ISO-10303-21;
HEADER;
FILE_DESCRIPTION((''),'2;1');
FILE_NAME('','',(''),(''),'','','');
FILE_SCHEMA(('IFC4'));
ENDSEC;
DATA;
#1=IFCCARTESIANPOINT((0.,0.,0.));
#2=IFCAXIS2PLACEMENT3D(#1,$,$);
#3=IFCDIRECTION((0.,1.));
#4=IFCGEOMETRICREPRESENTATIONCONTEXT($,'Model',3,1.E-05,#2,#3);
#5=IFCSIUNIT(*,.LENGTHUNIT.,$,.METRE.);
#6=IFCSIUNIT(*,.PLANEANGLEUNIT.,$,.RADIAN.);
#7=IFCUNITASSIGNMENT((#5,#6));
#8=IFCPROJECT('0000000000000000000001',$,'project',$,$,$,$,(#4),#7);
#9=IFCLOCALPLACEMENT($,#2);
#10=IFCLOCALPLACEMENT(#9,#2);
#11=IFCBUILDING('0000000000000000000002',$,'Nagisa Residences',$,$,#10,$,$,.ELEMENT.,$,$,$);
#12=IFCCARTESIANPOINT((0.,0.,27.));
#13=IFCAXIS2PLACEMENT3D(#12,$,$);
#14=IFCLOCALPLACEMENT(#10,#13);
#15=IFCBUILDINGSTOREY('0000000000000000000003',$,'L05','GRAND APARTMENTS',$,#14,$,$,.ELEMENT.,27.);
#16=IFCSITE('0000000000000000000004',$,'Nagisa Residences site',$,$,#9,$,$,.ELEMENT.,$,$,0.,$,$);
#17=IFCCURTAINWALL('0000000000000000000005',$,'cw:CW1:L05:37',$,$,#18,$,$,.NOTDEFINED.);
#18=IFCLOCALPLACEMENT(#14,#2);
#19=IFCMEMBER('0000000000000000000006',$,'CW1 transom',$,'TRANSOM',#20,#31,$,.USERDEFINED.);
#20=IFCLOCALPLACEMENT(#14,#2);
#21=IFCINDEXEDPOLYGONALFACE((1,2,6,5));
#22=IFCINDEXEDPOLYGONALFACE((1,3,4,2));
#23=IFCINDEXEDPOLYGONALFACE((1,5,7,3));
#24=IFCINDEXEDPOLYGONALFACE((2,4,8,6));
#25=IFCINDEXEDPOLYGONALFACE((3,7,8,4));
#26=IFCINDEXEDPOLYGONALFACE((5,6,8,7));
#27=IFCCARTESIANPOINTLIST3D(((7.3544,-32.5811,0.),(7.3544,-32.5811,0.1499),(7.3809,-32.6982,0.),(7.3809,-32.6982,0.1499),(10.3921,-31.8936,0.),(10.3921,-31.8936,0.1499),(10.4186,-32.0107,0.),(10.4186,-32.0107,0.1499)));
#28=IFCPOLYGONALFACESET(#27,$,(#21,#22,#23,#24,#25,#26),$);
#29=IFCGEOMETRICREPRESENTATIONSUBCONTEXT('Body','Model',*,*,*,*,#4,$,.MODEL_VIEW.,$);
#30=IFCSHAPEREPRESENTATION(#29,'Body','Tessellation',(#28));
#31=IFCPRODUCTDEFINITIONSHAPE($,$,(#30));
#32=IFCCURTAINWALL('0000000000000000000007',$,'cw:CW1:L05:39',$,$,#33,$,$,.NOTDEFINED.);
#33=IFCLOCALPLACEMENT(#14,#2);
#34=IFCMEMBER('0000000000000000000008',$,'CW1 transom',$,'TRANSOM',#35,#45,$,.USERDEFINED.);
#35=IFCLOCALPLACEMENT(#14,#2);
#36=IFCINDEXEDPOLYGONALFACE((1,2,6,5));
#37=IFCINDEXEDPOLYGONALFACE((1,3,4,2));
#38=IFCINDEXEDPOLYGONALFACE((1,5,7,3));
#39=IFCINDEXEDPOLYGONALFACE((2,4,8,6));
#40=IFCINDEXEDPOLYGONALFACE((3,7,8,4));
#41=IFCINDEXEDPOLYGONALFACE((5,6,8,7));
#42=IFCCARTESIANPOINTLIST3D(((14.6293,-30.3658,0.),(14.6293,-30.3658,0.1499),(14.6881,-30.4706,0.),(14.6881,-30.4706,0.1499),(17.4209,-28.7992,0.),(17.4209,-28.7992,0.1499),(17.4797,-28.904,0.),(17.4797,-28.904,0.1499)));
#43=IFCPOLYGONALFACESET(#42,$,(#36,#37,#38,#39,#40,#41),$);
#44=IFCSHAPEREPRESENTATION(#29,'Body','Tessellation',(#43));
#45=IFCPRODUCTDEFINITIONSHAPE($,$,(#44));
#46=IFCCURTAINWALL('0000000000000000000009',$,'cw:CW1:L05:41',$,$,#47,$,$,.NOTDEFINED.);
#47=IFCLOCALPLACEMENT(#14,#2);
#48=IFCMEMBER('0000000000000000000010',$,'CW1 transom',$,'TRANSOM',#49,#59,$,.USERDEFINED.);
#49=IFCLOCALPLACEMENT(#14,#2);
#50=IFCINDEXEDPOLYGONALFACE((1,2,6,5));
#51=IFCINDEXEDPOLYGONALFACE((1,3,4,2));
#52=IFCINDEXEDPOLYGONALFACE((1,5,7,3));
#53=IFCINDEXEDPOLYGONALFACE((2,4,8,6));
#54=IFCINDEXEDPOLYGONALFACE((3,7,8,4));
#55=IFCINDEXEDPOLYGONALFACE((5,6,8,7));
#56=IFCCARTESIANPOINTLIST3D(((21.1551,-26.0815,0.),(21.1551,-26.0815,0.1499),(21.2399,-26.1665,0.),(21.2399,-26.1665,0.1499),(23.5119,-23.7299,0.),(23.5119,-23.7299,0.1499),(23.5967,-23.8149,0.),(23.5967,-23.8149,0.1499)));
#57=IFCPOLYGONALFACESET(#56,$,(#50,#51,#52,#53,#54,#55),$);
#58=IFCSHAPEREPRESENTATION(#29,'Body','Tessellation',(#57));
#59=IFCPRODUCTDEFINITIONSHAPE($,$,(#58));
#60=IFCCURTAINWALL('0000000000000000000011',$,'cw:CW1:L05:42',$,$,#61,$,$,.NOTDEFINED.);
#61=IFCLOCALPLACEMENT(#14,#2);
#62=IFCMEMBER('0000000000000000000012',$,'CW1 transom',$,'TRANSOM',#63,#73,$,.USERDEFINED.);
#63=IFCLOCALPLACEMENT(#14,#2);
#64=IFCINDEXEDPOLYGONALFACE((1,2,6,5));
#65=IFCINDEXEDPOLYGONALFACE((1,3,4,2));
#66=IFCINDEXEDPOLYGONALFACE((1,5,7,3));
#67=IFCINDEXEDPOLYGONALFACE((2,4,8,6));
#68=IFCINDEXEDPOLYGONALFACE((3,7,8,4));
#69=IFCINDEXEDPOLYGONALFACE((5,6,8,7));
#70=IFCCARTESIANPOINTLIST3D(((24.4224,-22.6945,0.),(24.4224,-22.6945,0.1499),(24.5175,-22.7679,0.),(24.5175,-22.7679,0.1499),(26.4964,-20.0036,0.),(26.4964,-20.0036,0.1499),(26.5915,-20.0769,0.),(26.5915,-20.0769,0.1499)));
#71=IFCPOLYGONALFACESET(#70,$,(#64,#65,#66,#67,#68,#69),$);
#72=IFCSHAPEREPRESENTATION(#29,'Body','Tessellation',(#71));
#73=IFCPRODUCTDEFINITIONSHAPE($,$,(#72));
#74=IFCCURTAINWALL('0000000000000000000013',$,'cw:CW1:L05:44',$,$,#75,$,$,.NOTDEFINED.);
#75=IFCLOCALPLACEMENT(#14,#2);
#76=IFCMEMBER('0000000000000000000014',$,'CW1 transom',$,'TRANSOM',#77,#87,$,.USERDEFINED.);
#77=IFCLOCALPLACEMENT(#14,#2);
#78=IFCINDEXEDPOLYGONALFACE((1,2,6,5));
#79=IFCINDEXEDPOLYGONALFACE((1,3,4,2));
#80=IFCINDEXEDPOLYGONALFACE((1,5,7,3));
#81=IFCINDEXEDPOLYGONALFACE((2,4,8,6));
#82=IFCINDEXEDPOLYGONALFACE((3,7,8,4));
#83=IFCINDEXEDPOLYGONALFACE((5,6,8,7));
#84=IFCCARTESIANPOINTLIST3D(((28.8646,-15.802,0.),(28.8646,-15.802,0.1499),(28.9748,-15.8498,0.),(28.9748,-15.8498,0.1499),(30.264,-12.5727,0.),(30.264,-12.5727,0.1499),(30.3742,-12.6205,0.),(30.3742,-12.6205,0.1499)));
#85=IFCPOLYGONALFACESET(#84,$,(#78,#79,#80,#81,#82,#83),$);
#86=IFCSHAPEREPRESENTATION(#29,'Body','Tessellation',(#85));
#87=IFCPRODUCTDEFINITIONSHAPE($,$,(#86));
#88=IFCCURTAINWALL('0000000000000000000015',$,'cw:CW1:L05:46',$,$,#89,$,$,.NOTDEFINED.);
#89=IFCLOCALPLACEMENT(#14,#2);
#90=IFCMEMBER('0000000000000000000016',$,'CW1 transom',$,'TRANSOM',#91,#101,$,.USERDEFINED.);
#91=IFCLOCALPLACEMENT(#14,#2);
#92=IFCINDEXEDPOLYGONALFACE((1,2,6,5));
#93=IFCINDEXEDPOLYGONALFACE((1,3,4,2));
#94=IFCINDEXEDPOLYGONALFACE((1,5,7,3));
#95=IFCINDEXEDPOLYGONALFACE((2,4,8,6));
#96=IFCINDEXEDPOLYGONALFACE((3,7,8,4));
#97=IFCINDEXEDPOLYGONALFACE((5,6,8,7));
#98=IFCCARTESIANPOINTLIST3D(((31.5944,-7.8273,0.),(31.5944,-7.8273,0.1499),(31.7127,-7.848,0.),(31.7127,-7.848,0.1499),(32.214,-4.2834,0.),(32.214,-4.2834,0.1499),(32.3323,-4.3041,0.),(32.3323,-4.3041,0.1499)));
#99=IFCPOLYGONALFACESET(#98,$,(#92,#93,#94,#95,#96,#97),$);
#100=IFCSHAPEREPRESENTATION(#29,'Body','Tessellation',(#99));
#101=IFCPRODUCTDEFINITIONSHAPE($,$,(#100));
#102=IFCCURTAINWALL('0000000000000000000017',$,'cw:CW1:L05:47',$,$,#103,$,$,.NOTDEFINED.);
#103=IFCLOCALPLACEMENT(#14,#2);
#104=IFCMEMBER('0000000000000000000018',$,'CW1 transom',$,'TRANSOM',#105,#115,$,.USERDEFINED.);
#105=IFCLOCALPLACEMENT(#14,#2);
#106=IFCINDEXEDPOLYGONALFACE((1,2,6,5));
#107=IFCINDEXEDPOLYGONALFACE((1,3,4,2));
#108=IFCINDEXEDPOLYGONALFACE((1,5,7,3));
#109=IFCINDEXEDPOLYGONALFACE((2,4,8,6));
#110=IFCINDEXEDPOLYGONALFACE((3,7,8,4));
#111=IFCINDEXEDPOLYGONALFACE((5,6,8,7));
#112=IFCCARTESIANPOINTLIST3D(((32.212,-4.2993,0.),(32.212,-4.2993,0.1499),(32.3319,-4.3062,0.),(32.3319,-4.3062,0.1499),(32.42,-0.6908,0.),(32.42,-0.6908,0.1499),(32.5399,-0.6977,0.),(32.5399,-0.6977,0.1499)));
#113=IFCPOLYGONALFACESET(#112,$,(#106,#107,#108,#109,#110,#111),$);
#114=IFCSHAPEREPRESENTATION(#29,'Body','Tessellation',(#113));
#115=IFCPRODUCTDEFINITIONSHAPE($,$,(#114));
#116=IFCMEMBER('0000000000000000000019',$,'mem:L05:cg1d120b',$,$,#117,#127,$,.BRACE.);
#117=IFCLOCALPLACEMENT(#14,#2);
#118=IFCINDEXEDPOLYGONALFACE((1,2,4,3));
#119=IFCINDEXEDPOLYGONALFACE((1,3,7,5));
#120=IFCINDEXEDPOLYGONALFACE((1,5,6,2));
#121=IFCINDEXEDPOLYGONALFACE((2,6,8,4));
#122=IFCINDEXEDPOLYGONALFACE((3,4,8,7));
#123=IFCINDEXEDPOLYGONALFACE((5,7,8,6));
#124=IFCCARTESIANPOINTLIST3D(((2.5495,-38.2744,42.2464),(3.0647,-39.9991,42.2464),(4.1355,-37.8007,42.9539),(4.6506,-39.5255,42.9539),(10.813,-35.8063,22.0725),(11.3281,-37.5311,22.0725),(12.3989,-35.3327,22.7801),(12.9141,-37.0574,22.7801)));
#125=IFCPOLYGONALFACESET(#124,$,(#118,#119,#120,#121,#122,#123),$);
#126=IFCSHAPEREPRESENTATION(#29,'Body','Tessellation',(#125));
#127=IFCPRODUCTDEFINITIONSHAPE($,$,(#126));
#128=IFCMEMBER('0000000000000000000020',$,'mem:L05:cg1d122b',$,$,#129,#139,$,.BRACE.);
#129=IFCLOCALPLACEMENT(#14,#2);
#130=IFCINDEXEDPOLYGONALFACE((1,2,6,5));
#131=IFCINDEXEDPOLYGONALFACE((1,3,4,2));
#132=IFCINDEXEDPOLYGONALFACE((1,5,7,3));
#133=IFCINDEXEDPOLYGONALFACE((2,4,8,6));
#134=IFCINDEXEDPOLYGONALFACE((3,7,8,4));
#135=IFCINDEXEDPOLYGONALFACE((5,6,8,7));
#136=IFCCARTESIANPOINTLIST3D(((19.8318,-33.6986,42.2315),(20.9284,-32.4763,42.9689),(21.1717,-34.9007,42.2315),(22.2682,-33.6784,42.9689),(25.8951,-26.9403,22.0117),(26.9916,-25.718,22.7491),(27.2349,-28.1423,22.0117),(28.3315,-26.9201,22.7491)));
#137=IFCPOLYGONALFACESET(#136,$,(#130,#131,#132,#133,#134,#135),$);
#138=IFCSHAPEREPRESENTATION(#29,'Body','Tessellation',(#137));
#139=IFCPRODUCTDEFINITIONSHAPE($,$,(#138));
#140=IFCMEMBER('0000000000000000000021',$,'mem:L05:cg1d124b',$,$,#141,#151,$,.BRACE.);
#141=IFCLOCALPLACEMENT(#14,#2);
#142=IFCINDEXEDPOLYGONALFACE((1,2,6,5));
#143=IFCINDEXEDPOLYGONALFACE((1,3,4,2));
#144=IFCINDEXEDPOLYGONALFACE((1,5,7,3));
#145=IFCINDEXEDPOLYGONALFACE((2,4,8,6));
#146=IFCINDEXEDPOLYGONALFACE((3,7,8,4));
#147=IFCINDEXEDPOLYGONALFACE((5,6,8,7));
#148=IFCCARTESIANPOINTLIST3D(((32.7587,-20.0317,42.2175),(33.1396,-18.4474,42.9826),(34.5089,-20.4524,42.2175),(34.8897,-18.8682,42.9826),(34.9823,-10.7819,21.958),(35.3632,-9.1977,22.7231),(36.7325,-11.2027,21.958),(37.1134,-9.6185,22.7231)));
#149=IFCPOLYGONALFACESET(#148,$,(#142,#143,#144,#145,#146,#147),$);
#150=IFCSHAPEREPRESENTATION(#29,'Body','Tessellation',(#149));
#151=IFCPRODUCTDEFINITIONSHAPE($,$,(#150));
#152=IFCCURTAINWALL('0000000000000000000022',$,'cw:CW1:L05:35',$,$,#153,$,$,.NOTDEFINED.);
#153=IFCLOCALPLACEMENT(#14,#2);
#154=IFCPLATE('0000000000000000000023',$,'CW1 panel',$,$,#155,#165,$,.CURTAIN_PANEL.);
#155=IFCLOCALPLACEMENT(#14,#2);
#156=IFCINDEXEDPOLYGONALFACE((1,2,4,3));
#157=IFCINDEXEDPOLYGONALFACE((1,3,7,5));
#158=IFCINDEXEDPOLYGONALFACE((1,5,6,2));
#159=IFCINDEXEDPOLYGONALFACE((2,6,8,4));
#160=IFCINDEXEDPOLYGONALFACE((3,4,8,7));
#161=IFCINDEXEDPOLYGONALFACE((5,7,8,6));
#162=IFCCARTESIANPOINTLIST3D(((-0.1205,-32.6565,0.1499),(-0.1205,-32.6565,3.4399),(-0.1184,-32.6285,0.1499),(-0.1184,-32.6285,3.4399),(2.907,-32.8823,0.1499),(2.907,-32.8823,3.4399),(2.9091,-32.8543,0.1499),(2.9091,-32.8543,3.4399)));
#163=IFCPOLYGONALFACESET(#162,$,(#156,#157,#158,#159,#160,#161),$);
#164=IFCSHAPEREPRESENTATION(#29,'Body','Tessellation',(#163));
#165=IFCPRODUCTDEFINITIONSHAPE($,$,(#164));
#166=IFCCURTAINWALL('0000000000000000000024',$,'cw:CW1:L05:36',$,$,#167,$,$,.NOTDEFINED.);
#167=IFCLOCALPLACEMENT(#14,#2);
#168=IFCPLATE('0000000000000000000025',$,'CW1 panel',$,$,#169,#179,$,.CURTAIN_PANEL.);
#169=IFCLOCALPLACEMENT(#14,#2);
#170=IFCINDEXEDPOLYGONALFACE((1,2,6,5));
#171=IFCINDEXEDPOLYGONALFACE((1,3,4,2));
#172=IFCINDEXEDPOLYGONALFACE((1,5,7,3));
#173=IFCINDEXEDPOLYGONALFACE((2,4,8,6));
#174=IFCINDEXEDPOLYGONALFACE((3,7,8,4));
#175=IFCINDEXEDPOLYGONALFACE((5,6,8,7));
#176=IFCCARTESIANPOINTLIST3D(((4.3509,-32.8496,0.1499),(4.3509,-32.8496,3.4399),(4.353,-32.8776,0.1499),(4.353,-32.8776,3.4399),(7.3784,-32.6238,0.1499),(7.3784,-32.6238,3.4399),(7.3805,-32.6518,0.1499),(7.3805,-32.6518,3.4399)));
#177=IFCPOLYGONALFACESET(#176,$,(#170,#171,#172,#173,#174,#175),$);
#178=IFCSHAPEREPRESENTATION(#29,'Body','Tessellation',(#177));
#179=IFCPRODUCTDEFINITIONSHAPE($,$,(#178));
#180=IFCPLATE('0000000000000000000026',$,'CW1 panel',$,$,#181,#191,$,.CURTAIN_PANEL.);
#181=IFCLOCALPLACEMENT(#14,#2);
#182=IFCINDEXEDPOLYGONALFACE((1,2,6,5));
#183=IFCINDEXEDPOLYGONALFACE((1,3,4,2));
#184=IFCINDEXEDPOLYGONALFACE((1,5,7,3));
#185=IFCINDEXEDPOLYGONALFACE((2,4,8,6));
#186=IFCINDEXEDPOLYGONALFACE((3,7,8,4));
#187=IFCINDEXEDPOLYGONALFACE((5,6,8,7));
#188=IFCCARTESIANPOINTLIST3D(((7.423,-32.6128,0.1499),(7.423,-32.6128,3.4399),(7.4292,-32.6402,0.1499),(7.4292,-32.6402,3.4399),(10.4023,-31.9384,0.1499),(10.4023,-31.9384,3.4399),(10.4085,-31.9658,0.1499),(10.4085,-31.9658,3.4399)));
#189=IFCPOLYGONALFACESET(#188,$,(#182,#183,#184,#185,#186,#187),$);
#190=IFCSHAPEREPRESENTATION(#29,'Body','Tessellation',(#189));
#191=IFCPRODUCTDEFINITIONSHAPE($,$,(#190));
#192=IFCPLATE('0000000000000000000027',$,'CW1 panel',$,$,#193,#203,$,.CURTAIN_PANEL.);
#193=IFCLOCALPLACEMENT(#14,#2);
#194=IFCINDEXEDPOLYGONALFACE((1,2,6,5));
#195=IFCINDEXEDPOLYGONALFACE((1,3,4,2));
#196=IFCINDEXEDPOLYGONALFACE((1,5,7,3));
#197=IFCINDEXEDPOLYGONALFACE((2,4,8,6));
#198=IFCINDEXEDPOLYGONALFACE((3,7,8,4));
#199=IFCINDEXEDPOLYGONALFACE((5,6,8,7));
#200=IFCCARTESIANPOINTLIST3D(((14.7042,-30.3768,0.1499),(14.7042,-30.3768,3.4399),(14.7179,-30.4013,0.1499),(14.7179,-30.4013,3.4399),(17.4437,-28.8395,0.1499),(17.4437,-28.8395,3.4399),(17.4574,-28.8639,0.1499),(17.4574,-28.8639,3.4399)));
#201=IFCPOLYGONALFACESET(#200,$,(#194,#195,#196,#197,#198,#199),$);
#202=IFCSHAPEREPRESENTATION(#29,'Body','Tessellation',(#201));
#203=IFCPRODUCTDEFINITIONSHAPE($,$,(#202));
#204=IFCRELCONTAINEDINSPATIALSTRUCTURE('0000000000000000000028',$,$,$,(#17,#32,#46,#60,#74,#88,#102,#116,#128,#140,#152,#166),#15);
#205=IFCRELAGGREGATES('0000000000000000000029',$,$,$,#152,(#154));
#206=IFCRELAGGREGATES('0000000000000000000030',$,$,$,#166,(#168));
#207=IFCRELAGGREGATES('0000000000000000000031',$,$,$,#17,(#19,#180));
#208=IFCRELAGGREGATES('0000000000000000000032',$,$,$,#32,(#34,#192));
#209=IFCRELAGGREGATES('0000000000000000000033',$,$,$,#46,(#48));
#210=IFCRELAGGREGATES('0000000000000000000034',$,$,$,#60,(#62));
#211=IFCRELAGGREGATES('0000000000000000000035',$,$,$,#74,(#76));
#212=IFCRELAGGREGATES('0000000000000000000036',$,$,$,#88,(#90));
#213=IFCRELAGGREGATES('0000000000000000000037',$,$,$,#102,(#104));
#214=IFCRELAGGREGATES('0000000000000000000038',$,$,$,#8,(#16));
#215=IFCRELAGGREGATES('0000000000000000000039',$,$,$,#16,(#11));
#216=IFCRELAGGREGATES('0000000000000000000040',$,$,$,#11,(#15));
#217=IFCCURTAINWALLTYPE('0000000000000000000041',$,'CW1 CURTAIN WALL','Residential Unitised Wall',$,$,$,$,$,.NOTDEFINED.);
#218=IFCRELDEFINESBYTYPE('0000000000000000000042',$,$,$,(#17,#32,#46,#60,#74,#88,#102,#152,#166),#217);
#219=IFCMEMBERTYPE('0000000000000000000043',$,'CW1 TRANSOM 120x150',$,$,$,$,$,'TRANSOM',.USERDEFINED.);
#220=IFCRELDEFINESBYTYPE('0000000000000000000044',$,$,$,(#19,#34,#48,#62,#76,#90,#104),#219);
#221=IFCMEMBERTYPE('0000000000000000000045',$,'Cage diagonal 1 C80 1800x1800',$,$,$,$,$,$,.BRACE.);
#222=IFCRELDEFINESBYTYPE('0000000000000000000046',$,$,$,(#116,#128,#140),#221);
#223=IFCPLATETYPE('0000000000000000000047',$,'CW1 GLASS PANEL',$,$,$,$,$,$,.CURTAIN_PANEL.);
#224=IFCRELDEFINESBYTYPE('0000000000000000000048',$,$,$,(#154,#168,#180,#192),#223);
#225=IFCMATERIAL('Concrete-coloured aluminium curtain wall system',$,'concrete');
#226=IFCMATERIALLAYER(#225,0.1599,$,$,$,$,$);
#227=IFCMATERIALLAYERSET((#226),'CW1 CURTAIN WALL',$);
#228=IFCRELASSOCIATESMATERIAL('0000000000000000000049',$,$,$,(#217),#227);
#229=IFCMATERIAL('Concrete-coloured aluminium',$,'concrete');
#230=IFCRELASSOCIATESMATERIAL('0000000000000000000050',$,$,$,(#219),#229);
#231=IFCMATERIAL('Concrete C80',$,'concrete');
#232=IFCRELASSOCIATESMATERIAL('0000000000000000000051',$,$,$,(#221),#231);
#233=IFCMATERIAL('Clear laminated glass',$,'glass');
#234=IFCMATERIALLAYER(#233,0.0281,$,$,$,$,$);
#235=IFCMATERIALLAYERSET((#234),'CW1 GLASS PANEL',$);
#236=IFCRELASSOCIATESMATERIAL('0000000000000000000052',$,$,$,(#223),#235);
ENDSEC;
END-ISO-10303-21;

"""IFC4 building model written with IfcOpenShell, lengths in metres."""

from ifc_helpers import new_model, si_unit, direction, frame, origin, origin_2d, place, context, subcontext, project, spatial, rectangle, extrude, material, layer, layer_set, material_profile, profile_set, type_object, element, aggregate, save


model = new_model("IFC4")

# Units and contexts
model_context = context("Model", 3, precision=1e-05, world=origin(), true_north=direction((0.0, 1.0)))
body_context = subcontext(model_context, "Body", "Model", "MODEL_VIEW")
ifc_project = project(units=[si_unit("LENGTHUNIT", "METRE"), si_unit("PLANEANGLEUNIT", "RADIAN")], contexts=[model_context])

# Site, building, storey
site_placement = place(None, origin())
site = spatial("IfcSite", under=ifc_project, at=site_placement, Name="Nagisa Residences site", CompositionType="ELEMENT", RefElevation=0.0)
building_placement = place(site_placement, origin())
building = spatial("IfcBuilding", under=site, at=building_placement, Name="Nagisa Residences", CompositionType="ELEMENT")
storey_placement = place(building_placement, frame((0.0, 0.0, 27.0)))
storey = spatial("IfcBuildingStorey", under=building, at=storey_placement, Name="L05", Description="GRAND APARTMENTS", CompositionType="ELEMENT", Elevation=27.0)

# Curtain walls, members
ifc_material_1 = material(Name="Concrete-coloured aluminium curtain wall system", Category="concrete")
ifc_layer_1 = layer(ifc_material_1, 0.1599)
ifc_layer_set_1 = layer_set([ifc_layer_1], Name="CW1 CURTAIN WALL")
curtain_wall_type = type_object("IfcCurtainWallType", Name="CW1 CURTAIN WALL", Description="Residential Unitised Wall", PredefinedType="NOTDEFINED", material=ifc_layer_set_1)
curtain_wall_1_placement = place(storey_placement, origin())
curtain_wall_1 = element("IfcCurtainWall", 1, at=curtain_wall_1_placement, inside=storey, type_object=curtain_wall_type, Name="cw:CW1:L05:37", PredefinedType="NOTDEFINED")
ifc_material_2 = material(Name="Concrete-coloured aluminium", Category="concrete")
ifc_material_profile_1 = material_profile(ifc_material_2, rectangle(XDim=0.1201, YDim=0.1499, at=origin_2d()), Name="CW1 TRANSOM 120x150")
ifc_profile_set_1 = profile_set([ifc_material_profile_1], Name="Concrete-coloured aluminium")
member_type_1 = type_object("IfcMemberType", Name="CW1 TRANSOM 120x150", ElementType="TRANSOM", PredefinedType="USERDEFINED", material=ifc_profile_set_1)
member_1_placement = place(storey_placement, frame((7.3677, -32.6396, 0.075), z_axis=(0.975331, 0.220747, 0.0), x_axis=(-0.220747, 0.975331, 0.0)))
member_1 = element("IfcMember", 2, at=member_1_placement, type_object=member_type_1, Name="CW1 transom", ObjectType="TRANSOM", PredefinedType="USERDEFINED", context=body_context, shape_type="SweptSolid", body=[
    extrude(rectangle(XDim=0.1201, YDim=0.1499, at=origin_2d()), origin(), (0.0, 0.0, 1.0), 3.1145),
])
curtain_wall_2_placement = place(storey_placement, origin())
curtain_wall_2 = element("IfcCurtainWall", 3, at=curtain_wall_2_placement, inside=storey, type_object=curtain_wall_type, Name="cw:CW1:L05:39", PredefinedType="NOTDEFINED")
member_2_placement = place(storey_placement, frame((14.6587, -30.4182, 0.075), z_axis=(0.87207, 0.489381, 0.0), x_axis=(-0.489381, 0.87207, 0.0)))
member_2 = element("IfcMember", 4, at=member_2_placement, type_object=member_type_1, Name="CW1 transom", ObjectType="TRANSOM", PredefinedType="USERDEFINED", context=body_context, shape_type="SweptSolid", body=[
    extrude(rectangle(XDim=0.1201, YDim=0.1499, at=origin_2d()), origin(), (0.0, 0.0, 1.0), 3.2012),
])
curtain_wall_3_placement = place(storey_placement, origin())
curtain_wall_3 = element("IfcCurtainWall", 5, at=curtain_wall_3_placement, inside=storey, type_object=curtain_wall_type, Name="cw:CW1:L05:41", PredefinedType="NOTDEFINED")
member_3_placement = place(storey_placement, frame((21.1975, -26.124, 0.075), z_axis=(0.707876, 0.706336, 0.0), x_axis=(-0.706336, 0.707876, 0.0)))
member_3 = element("IfcMember", 6, at=member_3_placement, type_object=member_type_1, Name="CW1 transom", ObjectType="TRANSOM", PredefinedType="USERDEFINED", context=body_context, shape_type="SweptSolid", body=[
    extrude(rectangle(XDim=0.1201, YDim=0.1499, at=origin_2d()), origin(), (0.0, 0.0, 1.0), 3.3293),
])
curtain_wall_4_placement = place(storey_placement, origin())
curtain_wall_4 = element("IfcCurtainWall", 7, at=curtain_wall_4_placement, inside=storey, type_object=curtain_wall_type, Name="cw:CW1:L05:42", PredefinedType="NOTDEFINED")
member_4_placement = place(storey_placement, frame((24.47, -22.7312, 0.075), z_axis=(0.610457, 0.792049, 0.0), x_axis=(-0.792049, 0.610457, 0.0)))
member_4 = element("IfcMember", 8, at=member_4_placement, type_object=member_type_1, Name="CW1 transom", ObjectType="TRANSOM", PredefinedType="USERDEFINED", context=body_context, shape_type="SweptSolid", body=[
    extrude(rectangle(XDim=0.1201, YDim=0.1499, at=origin_2d()), origin(), (0.0, 0.0, 1.0), 3.3975),
])
curtain_wall_5_placement = place(storey_placement, origin())
curtain_wall_5 = element("IfcCurtainWall", 9, at=curtain_wall_5_placement, inside=storey, type_object=curtain_wall_type, Name="cw:CW1:L05:44", PredefinedType="NOTDEFINED")
member_5_placement = place(storey_placement, frame((28.9197, -15.8259, 0.075), z_axis=(0.397625, 0.917548, 0.0), x_axis=(-0.917548, 0.397625, 0.0)))
member_5 = element("IfcMember", 10, at=member_5_placement, type_object=member_type_1, Name="CW1 transom", ObjectType="TRANSOM", PredefinedType="USERDEFINED", context=body_context, shape_type="SweptSolid", body=[
    extrude(rectangle(XDim=0.1201, YDim=0.1499, at=origin_2d()), origin(), (0.0, 0.0, 1.0), 3.5195),
])
curtain_wall_6_placement = place(storey_placement, origin())
curtain_wall_6 = element("IfcCurtainWall", 11, at=curtain_wall_6_placement, inside=storey, type_object=curtain_wall_type, Name="cw:CW1:L05:46", PredefinedType="NOTDEFINED")
member_6_placement = place(storey_placement, frame((31.6536, -7.8376, 0.075), z_axis=(0.172229, 0.985057, 0.0), x_axis=(-0.985057, 0.172229, 0.0)))
member_6 = element("IfcMember", 12, at=member_6_placement, type_object=member_type_1, Name="CW1 transom", ObjectType="TRANSOM", PredefinedType="USERDEFINED", context=body_context, shape_type="SweptSolid", body=[
    extrude(rectangle(XDim=0.1201, YDim=0.1499, at=origin_2d()), origin(), (0.0, 0.0, 1.0), 3.5977),
])
curtain_wall_7_placement = place(storey_placement, origin())
curtain_wall_7 = element("IfcCurtainWall", 13, at=curtain_wall_7_placement, inside=storey, type_object=curtain_wall_type, Name="cw:CW1:L05:47", PredefinedType="NOTDEFINED")
member_7_placement = place(storey_placement, frame((32.272, -4.3027, 0.075), z_axis=(0.05755, 0.998343, 0.0), x_axis=(-0.998343, 0.05755, 0.0)))
member_7 = element("IfcMember", 14, at=member_7_placement, type_object=member_type_1, Name="CW1 transom", ObjectType="TRANSOM", PredefinedType="USERDEFINED", context=body_context, shape_type="SweptSolid", body=[
    extrude(rectangle(XDim=0.1201, YDim=0.1499, at=origin_2d()), origin(), (0.0, 0.0, 1.0), 3.6145),
])

# Members
ifc_material_3 = material(Name="Concrete C80", Category="concrete")
ifc_material_profile_2 = material_profile(ifc_material_3, rectangle(XDim=1.8, YDim=1.8, at=origin_2d()), Name="C80 1800x1800")
ifc_profile_set_2 = profile_set([ifc_material_profile_2], Name="Concrete C80")
member_type_2 = type_object("IfcMemberType", Name="Cage diagonal 1 C80 1800x1800", PredefinedType="BRACE", material=ifc_profile_set_2)
member_8_placement = place(storey_placement, frame((11.8635, -36.4319, 22.4263), z_axis=(-0.376639, -0.11249, 0.919505), x_axis=(0.286176, -0.958177, 0.0)))
element("IfcMember", 15, at=member_8_placement, inside=storey, type_object=member_type_2, Name="mem:L05:cg1d120b", PredefinedType="BRACE", context=body_context, shape_type="SweptSolid", body=[
    extrude(rectangle(XDim=1.8, YDim=1.8, at=origin_2d()), origin(), (0.0, 0.0, 1.0), 21.9399),
])
member_9_placement = place(storey_placement, frame((27.1133, -26.9302, 22.3804), z_axis=(-0.273553, -0.304913, 0.912248), x_axis=(0.744347, -0.667793, 0.0)))
element("IfcMember", 16, at=member_9_placement, inside=storey, type_object=member_type_2, Name="mem:L05:cg1d122b", PredefinedType="BRACE", context=body_context, shape_type="SweptSolid", body=[
    extrude(rectangle(XDim=1.8, YDim=1.8, at=origin_2d()), origin(), (0.0, 0.0, 1.0), 22.1648),
])
member_10_placement = place(storey_placement, frame((36.0479, -10.2002, 22.3406), z_axis=(-0.099349, -0.413269, 0.905173), x_axis=(0.972299, -0.23374, 0.0)))
element("IfcMember", 17, at=member_10_placement, inside=storey, type_object=member_type_2, Name="mem:L05:cg1d124b", PredefinedType="BRACE", context=body_context, shape_type="SweptSolid", body=[
    extrude(rectangle(XDim=1.8, YDim=1.8, at=origin_2d()), origin(), (0.0, 0.0, 1.0), 22.3818),
])

# Curtain walls, plates
curtain_wall_8_placement = place(storey_placement, origin())
curtain_wall_8 = element("IfcCurtainWall", 18, at=curtain_wall_8_placement, inside=storey, type_object=curtain_wall_type, Name="cw:CW1:L05:35", PredefinedType="NOTDEFINED")
ifc_material_4 = material(Name="Clear laminated glass", Category="glass")
ifc_layer_2 = layer(ifc_material_4, 0.0281)
ifc_layer_set_2 = layer_set([ifc_layer_2], Name="CW1 GLASS PANEL")
plate_type = type_object("IfcPlateType", Name="CW1 GLASS PANEL", PredefinedType="CURTAIN_PANEL", material=ifc_layer_set_2)
plate_1_placement = place(storey_placement, frame((1.3943, -32.7554, 0.1499), z_axis=(0.0, 0.0, 1.0), x_axis=(0.99723, -0.074377, 0.0)))
plate_1 = element("IfcPlate", 19, at=plate_1_placement, type_object=plate_type, Name="CW1 panel", PredefinedType="CURTAIN_PANEL", context=body_context, shape_type="SweptSolid", body=[
    extrude(rectangle(XDim=3.0359, YDim=0.0281, at=origin_2d()), origin(), (0.0, 0.0, 1.0), 3.29),
])
aggregate(curtain_wall_8, [plate_1])
curtain_wall_9_placement = place(storey_placement, origin())
curtain_wall_9 = element("IfcCurtainWall", 20, at=curtain_wall_9_placement, inside=storey, type_object=curtain_wall_type, Name="cw:CW1:L05:36", PredefinedType="NOTDEFINED")
plate_2_placement = place(storey_placement, frame((5.8657, -32.7507, 0.1499), z_axis=(0.0, 0.0, 1.0), x_axis=(0.99723, 0.074377, 0.0)))
plate_2 = element("IfcPlate", 21, at=plate_2_placement, type_object=plate_type, Name="CW1 panel", PredefinedType="CURTAIN_PANEL", context=body_context, shape_type="SweptSolid", body=[
    extrude(rectangle(XDim=3.0359, YDim=0.0281, at=origin_2d()), origin(), (0.0, 0.0, 1.0), 3.29),
])
aggregate(curtain_wall_9, [plate_2])

# Plates
plate_3_placement = place(storey_placement, frame((8.9158, -32.2893, 0.1499), z_axis=(0.0, 0.0, 1.0), x_axis=(0.975327, 0.220764, 0.0)))
plate_3 = element("IfcPlate", 22, at=plate_3_placement, type_object=plate_type, Name="CW1 panel", PredefinedType="CURTAIN_PANEL", context=body_context, shape_type="SweptSolid", body=[
    extrude(rectangle(XDim=3.0547, YDim=0.0281, at=origin_2d()), origin(), (0.0, 0.0, 1.0), 3.29),
])
aggregate(curtain_wall_1, [member_1, plate_3])
plate_4_placement = place(storey_placement, frame((16.0808, -29.6204, 0.1499), z_axis=(0.0, 0.0, 1.0), x_axis=(0.872072, 0.489377, 0.0)))
plate_4 = element("IfcPlate", 23, at=plate_4_placement, type_object=plate_type, Name="CW1 panel", PredefinedType="CURTAIN_PANEL", context=body_context, shape_type="SweptSolid", body=[
    extrude(rectangle(XDim=3.1414, YDim=0.0281, at=origin_2d()), origin(), (0.0, 0.0, 1.0), 3.29),
])
aggregate(curtain_wall_2, [member_2, plate_4])
aggregate(curtain_wall_3, [member_3])
aggregate(curtain_wall_4, [member_4])
aggregate(curtain_wall_5, [member_5])
aggregate(curtain_wall_6, [member_6])
aggregate(curtain_wall_7, [member_7])

save(model, "model.ifc")
